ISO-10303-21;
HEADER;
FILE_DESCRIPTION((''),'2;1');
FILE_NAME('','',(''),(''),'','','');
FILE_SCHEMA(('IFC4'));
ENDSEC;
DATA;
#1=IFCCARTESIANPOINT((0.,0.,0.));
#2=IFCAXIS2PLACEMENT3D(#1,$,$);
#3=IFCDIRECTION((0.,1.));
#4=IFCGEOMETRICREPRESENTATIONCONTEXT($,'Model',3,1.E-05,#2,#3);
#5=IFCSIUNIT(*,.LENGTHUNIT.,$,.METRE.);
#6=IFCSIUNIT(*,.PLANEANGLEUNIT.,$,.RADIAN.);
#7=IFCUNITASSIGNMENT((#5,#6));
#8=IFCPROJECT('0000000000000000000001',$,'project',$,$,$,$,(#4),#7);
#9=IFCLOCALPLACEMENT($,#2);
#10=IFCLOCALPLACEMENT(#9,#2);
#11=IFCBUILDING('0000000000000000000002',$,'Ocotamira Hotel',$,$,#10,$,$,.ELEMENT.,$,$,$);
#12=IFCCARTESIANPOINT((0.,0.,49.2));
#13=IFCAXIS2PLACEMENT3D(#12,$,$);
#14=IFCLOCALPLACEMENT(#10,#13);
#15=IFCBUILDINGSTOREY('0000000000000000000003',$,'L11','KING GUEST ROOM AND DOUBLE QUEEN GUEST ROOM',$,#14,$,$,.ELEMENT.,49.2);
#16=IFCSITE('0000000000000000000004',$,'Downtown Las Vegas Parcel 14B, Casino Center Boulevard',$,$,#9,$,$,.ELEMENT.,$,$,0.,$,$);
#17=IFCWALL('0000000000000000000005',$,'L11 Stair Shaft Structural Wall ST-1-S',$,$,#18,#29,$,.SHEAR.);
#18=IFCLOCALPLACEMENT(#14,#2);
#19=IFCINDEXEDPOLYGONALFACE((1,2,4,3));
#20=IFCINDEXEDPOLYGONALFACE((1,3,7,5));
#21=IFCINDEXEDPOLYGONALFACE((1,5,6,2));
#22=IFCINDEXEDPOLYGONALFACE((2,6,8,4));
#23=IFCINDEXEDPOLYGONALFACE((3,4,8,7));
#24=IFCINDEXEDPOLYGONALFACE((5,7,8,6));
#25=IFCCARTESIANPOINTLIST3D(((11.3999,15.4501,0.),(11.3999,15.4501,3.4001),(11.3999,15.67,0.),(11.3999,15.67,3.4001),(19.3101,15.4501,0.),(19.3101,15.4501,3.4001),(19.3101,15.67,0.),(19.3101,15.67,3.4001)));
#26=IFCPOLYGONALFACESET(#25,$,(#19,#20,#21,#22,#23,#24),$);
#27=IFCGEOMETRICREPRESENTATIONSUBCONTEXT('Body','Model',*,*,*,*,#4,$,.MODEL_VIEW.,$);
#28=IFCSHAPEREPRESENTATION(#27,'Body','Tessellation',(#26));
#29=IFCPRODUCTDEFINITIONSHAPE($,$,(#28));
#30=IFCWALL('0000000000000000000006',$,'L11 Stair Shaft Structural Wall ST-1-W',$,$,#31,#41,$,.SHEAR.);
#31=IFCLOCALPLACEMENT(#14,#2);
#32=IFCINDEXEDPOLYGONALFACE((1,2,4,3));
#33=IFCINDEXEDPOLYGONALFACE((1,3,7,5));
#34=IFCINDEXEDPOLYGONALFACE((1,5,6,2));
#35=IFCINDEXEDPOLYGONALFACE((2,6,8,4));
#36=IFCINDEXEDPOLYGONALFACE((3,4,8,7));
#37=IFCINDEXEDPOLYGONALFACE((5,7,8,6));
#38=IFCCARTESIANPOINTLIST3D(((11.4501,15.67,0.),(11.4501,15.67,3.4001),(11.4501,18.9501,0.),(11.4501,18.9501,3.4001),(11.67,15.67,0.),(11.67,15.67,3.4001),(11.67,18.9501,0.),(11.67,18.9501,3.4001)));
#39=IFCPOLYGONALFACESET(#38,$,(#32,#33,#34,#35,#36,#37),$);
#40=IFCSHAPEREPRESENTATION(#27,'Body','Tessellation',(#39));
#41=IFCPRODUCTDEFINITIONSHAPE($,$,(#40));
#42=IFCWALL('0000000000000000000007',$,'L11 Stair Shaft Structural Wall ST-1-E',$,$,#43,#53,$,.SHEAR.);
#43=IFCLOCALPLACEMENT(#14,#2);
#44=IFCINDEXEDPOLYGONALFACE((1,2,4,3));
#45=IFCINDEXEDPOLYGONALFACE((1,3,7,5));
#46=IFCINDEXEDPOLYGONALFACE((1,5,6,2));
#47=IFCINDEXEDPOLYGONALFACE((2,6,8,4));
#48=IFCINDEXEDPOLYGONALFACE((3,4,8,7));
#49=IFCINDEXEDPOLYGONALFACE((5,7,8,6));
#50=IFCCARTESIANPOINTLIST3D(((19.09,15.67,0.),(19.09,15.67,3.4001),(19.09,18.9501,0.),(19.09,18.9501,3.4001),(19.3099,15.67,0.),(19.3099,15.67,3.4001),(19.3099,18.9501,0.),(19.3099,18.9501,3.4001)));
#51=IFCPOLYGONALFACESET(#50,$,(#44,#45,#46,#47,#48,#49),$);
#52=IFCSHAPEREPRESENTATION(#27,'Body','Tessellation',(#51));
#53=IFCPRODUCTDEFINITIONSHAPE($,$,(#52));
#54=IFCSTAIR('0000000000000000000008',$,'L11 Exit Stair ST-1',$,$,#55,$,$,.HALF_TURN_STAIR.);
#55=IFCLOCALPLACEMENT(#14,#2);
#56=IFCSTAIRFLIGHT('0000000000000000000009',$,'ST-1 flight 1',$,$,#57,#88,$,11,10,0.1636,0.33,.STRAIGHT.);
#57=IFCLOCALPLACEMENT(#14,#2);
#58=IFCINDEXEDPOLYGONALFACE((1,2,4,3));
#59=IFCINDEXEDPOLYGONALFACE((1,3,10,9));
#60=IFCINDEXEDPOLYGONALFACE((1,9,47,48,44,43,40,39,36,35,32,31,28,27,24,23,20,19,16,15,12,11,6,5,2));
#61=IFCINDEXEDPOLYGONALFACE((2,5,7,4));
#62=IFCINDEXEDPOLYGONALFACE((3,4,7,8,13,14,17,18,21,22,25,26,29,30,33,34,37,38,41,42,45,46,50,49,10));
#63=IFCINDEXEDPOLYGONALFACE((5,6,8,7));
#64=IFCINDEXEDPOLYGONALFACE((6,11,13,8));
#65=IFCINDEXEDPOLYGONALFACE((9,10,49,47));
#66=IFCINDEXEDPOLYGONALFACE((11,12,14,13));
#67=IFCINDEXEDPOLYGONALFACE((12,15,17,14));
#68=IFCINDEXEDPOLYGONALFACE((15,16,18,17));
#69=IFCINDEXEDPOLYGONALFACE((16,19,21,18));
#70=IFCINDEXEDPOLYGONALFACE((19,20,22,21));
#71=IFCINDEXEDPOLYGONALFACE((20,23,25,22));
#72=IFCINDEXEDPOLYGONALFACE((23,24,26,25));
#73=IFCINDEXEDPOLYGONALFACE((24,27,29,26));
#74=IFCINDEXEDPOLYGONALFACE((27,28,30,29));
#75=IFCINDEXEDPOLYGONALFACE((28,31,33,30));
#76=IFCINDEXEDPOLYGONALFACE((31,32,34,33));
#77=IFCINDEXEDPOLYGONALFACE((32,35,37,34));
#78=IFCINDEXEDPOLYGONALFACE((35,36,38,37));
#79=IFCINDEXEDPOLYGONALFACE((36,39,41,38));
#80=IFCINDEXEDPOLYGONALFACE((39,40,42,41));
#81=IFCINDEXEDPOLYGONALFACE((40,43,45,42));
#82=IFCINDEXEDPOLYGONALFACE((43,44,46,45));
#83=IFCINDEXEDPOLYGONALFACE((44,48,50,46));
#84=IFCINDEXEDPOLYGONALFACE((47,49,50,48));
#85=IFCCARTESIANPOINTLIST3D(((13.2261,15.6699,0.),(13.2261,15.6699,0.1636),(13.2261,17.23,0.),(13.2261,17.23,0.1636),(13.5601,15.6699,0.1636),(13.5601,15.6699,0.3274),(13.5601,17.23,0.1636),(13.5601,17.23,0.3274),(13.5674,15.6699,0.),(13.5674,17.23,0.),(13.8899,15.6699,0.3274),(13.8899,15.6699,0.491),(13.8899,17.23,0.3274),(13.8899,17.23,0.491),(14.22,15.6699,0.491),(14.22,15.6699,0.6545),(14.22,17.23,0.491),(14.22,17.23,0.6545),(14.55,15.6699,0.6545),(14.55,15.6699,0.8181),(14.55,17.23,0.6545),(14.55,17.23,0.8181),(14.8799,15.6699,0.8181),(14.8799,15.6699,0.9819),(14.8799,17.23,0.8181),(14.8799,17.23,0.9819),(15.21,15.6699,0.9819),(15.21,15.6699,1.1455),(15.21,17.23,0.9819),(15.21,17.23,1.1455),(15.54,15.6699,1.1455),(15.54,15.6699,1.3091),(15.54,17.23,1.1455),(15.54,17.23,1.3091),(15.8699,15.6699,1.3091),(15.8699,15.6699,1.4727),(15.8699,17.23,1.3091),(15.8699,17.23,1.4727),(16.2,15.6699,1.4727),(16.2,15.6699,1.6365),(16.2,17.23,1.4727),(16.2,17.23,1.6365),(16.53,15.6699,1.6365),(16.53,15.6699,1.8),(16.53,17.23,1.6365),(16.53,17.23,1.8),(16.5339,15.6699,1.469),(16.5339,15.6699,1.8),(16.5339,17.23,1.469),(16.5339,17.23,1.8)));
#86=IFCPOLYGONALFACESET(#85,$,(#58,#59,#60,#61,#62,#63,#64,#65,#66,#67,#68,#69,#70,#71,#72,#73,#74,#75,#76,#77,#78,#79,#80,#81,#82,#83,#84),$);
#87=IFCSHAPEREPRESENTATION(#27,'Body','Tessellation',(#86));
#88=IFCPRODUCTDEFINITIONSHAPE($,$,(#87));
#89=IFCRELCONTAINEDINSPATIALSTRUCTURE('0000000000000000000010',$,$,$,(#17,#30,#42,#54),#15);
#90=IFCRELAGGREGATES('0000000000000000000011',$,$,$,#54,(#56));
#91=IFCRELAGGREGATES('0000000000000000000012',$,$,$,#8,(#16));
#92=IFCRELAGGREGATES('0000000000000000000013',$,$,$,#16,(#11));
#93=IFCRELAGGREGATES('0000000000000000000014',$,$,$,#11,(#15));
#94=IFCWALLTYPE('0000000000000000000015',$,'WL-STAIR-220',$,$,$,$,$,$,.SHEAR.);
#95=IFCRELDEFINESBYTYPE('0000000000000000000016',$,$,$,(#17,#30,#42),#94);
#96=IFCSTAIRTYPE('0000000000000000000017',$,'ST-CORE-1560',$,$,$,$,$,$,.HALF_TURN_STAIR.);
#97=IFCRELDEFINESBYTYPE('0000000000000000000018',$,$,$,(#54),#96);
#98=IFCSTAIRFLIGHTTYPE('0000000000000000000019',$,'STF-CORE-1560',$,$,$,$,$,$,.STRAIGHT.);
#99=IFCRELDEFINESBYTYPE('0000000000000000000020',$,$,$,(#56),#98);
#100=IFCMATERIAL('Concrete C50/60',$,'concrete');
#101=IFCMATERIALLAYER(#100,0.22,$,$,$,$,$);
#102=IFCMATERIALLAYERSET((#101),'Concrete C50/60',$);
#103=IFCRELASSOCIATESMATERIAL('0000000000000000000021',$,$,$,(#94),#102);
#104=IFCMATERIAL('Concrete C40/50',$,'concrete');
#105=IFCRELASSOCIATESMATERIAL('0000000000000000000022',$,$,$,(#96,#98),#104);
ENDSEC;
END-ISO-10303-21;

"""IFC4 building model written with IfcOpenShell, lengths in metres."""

from ifc_helpers import new_model, si_unit, direction, frame, frame_2d, origin, place, context, subcontext, project, spatial, polyline, rectangle, outline, extrude, source, transform, mapped, material, layer, layer_set, type_object, element, aggregate, save


model = new_model("IFC4")

# Units and contexts
model_context = context("Model", 3, precision=1e-05, world=origin(), true_north=direction((0.0, 1.0)))
body_context = subcontext(model_context, "Body", "Model", "MODEL_VIEW")
ifc_project = project(units=[si_unit("LENGTHUNIT", "METRE"), si_unit("PLANEANGLEUNIT", "RADIAN")], contexts=[model_context])

# Site, building, storey
site_placement = place(None, origin())
site = spatial("IfcSite", under=ifc_project, at=site_placement, Name="Downtown Las Vegas Parcel 14B, Casino Center Boulevard", CompositionType="ELEMENT", RefElevation=0.0)
building_placement = place(site_placement, origin())
building = spatial("IfcBuilding", under=site, at=building_placement, Name="Ocotamira Hotel", CompositionType="ELEMENT")
storey_placement = place(building_placement, frame((0.0, 0.0, 49.2)))
storey = spatial("IfcBuildingStorey", under=building, at=storey_placement, Name="L11", Description="KING GUEST ROOM AND DOUBLE QUEEN GUEST ROOM", CompositionType="ELEMENT", Elevation=49.2)

# Walls
ifc_material_1 = material(Name="Concrete C50/60", Category="concrete")
ifc_layer_1 = layer(ifc_material_1, 0.22)
ifc_layer_set_1 = layer_set([ifc_layer_1], Name="Concrete C50/60")
wall_type_1 = type_object("IfcWallType", Name="WL-STAIR-220", PredefinedType="SHEAR", material=ifc_layer_set_1)
wall_1_placement = place(storey_placement, frame((11.3999, 15.5601, 0.0), z_axis=(0.0, 0.0, 1.0), x_axis=(1.0, 0.0, 0.0)))
element("IfcWall", 1, at=wall_1_placement, inside=storey, type_object=wall_type_1, Name="L11 Stair Shaft Structural Wall ST-1-S", PredefinedType="SHEAR", context=body_context, shape_type="SweptSolid", body=[
    extrude(rectangle(XDim=7.9102, YDim=0.22, at=frame_2d((3.9551, 0.0))), origin(), (0.0, 0.0, 1.0), 3.4001),
])
for number, where, z_axis, x_axis, name in (
    (2, (11.5601, 15.6699, 0.0), (0.0, 0.0, 1.0), (0.0, 1.0, 0.0), "L11 Stair Shaft Structural Wall ST-1-W"),
    (3, (19.2, 15.6699, 0.0), (0.0, 0.0, 1.0), (0.0, 1.0, 0.0), "L11 Stair Shaft Structural Wall ST-1-E"),
):
    element("IfcWall", number, at=place(storey_placement, frame(where, z_axis=z_axis, x_axis=x_axis)), inside=storey, type_object=wall_type_1, Name=name, PredefinedType="SHEAR", context=body_context, shape_type="SweptSolid", body=[
        extrude(rectangle(XDim=3.28, YDim=0.22, at=frame_2d((1.6401, 0.0))), origin(), (0.0, 0.0, 1.0), 3.4001),
    ])

# Stair, stair flight
ifc_material_2 = material(Name="Concrete C40/50", Category="concrete")
stair_type = type_object("IfcStairType", Name="ST-CORE-1560", PredefinedType="HALF_TURN_STAIR", material=ifc_material_2)
stair_placement = place(storey_placement, origin())
stair = element("IfcStair", 4, at=stair_placement, inside=storey, type_object=stair_type, Name="L11 Exit Stair ST-1", PredefinedType="HALF_TURN_STAIR")
stair_flight_type = type_object("IfcStairFlightType", Name="STF-CORE-1560", PredefinedType="STRAIGHT", material=ifc_material_2)
shared_shape_1 = source(origin(), body_context, "Body", "SweptSolid", [
    extrude(outline(polyline([(-0.0039, 0.0), (-0.0039, 0.1636), (0.3301, 0.1636), (0.3301, 0.3274), (0.6599, 0.3274), (0.6599, 0.491), (0.99, 0.491), (0.99, 0.6545), (1.3201, 0.6545), (1.3201, 0.8181), (1.6499, 0.8181), (1.6499, 0.9819), (1.98, 0.9819), (1.98, 1.1455), (2.3101, 1.1455), (2.3101, 1.3091), (2.6399, 1.3091), (2.6399, 1.4727), (2.97, 1.4727), (2.97, 1.6365), (3.3, 1.6365), (3.3, 1.8), (3.304, 1.8), (3.304, 1.469), (0.3374, 0.0), (-0.0039, 0.0)])), frame((0.0, 0.78, 0.0), z_axis=(0.0, -1.0, 0.0), x_axis=(1.0, 0.0, 0.0)), (0.0, 0.0, 1.0), 1.5601),
])
stair_flight_placement = place(storey_placement, frame((13.23, 16.45, 0.0), z_axis=(0.0, 0.0, 1.0), x_axis=(1.0, 0.0, 0.0)))
stair_flight = element("IfcStairFlight", 5, at=stair_flight_placement, type_object=stair_flight_type, Name="ST-1 flight 1", NumberOfRisers=11, NumberOfTreads=10, PredefinedType="STRAIGHT", RiserHeight=0.1636, TreadLength=0.33, context=body_context, shape_type="MappedRepresentation", body=[
    mapped(shared_shape_1, transform((0.0, 0.0, 0.0), scale=1.0)),
])
aggregate(stair, [stair_flight])

save(model, "model.ifc")
